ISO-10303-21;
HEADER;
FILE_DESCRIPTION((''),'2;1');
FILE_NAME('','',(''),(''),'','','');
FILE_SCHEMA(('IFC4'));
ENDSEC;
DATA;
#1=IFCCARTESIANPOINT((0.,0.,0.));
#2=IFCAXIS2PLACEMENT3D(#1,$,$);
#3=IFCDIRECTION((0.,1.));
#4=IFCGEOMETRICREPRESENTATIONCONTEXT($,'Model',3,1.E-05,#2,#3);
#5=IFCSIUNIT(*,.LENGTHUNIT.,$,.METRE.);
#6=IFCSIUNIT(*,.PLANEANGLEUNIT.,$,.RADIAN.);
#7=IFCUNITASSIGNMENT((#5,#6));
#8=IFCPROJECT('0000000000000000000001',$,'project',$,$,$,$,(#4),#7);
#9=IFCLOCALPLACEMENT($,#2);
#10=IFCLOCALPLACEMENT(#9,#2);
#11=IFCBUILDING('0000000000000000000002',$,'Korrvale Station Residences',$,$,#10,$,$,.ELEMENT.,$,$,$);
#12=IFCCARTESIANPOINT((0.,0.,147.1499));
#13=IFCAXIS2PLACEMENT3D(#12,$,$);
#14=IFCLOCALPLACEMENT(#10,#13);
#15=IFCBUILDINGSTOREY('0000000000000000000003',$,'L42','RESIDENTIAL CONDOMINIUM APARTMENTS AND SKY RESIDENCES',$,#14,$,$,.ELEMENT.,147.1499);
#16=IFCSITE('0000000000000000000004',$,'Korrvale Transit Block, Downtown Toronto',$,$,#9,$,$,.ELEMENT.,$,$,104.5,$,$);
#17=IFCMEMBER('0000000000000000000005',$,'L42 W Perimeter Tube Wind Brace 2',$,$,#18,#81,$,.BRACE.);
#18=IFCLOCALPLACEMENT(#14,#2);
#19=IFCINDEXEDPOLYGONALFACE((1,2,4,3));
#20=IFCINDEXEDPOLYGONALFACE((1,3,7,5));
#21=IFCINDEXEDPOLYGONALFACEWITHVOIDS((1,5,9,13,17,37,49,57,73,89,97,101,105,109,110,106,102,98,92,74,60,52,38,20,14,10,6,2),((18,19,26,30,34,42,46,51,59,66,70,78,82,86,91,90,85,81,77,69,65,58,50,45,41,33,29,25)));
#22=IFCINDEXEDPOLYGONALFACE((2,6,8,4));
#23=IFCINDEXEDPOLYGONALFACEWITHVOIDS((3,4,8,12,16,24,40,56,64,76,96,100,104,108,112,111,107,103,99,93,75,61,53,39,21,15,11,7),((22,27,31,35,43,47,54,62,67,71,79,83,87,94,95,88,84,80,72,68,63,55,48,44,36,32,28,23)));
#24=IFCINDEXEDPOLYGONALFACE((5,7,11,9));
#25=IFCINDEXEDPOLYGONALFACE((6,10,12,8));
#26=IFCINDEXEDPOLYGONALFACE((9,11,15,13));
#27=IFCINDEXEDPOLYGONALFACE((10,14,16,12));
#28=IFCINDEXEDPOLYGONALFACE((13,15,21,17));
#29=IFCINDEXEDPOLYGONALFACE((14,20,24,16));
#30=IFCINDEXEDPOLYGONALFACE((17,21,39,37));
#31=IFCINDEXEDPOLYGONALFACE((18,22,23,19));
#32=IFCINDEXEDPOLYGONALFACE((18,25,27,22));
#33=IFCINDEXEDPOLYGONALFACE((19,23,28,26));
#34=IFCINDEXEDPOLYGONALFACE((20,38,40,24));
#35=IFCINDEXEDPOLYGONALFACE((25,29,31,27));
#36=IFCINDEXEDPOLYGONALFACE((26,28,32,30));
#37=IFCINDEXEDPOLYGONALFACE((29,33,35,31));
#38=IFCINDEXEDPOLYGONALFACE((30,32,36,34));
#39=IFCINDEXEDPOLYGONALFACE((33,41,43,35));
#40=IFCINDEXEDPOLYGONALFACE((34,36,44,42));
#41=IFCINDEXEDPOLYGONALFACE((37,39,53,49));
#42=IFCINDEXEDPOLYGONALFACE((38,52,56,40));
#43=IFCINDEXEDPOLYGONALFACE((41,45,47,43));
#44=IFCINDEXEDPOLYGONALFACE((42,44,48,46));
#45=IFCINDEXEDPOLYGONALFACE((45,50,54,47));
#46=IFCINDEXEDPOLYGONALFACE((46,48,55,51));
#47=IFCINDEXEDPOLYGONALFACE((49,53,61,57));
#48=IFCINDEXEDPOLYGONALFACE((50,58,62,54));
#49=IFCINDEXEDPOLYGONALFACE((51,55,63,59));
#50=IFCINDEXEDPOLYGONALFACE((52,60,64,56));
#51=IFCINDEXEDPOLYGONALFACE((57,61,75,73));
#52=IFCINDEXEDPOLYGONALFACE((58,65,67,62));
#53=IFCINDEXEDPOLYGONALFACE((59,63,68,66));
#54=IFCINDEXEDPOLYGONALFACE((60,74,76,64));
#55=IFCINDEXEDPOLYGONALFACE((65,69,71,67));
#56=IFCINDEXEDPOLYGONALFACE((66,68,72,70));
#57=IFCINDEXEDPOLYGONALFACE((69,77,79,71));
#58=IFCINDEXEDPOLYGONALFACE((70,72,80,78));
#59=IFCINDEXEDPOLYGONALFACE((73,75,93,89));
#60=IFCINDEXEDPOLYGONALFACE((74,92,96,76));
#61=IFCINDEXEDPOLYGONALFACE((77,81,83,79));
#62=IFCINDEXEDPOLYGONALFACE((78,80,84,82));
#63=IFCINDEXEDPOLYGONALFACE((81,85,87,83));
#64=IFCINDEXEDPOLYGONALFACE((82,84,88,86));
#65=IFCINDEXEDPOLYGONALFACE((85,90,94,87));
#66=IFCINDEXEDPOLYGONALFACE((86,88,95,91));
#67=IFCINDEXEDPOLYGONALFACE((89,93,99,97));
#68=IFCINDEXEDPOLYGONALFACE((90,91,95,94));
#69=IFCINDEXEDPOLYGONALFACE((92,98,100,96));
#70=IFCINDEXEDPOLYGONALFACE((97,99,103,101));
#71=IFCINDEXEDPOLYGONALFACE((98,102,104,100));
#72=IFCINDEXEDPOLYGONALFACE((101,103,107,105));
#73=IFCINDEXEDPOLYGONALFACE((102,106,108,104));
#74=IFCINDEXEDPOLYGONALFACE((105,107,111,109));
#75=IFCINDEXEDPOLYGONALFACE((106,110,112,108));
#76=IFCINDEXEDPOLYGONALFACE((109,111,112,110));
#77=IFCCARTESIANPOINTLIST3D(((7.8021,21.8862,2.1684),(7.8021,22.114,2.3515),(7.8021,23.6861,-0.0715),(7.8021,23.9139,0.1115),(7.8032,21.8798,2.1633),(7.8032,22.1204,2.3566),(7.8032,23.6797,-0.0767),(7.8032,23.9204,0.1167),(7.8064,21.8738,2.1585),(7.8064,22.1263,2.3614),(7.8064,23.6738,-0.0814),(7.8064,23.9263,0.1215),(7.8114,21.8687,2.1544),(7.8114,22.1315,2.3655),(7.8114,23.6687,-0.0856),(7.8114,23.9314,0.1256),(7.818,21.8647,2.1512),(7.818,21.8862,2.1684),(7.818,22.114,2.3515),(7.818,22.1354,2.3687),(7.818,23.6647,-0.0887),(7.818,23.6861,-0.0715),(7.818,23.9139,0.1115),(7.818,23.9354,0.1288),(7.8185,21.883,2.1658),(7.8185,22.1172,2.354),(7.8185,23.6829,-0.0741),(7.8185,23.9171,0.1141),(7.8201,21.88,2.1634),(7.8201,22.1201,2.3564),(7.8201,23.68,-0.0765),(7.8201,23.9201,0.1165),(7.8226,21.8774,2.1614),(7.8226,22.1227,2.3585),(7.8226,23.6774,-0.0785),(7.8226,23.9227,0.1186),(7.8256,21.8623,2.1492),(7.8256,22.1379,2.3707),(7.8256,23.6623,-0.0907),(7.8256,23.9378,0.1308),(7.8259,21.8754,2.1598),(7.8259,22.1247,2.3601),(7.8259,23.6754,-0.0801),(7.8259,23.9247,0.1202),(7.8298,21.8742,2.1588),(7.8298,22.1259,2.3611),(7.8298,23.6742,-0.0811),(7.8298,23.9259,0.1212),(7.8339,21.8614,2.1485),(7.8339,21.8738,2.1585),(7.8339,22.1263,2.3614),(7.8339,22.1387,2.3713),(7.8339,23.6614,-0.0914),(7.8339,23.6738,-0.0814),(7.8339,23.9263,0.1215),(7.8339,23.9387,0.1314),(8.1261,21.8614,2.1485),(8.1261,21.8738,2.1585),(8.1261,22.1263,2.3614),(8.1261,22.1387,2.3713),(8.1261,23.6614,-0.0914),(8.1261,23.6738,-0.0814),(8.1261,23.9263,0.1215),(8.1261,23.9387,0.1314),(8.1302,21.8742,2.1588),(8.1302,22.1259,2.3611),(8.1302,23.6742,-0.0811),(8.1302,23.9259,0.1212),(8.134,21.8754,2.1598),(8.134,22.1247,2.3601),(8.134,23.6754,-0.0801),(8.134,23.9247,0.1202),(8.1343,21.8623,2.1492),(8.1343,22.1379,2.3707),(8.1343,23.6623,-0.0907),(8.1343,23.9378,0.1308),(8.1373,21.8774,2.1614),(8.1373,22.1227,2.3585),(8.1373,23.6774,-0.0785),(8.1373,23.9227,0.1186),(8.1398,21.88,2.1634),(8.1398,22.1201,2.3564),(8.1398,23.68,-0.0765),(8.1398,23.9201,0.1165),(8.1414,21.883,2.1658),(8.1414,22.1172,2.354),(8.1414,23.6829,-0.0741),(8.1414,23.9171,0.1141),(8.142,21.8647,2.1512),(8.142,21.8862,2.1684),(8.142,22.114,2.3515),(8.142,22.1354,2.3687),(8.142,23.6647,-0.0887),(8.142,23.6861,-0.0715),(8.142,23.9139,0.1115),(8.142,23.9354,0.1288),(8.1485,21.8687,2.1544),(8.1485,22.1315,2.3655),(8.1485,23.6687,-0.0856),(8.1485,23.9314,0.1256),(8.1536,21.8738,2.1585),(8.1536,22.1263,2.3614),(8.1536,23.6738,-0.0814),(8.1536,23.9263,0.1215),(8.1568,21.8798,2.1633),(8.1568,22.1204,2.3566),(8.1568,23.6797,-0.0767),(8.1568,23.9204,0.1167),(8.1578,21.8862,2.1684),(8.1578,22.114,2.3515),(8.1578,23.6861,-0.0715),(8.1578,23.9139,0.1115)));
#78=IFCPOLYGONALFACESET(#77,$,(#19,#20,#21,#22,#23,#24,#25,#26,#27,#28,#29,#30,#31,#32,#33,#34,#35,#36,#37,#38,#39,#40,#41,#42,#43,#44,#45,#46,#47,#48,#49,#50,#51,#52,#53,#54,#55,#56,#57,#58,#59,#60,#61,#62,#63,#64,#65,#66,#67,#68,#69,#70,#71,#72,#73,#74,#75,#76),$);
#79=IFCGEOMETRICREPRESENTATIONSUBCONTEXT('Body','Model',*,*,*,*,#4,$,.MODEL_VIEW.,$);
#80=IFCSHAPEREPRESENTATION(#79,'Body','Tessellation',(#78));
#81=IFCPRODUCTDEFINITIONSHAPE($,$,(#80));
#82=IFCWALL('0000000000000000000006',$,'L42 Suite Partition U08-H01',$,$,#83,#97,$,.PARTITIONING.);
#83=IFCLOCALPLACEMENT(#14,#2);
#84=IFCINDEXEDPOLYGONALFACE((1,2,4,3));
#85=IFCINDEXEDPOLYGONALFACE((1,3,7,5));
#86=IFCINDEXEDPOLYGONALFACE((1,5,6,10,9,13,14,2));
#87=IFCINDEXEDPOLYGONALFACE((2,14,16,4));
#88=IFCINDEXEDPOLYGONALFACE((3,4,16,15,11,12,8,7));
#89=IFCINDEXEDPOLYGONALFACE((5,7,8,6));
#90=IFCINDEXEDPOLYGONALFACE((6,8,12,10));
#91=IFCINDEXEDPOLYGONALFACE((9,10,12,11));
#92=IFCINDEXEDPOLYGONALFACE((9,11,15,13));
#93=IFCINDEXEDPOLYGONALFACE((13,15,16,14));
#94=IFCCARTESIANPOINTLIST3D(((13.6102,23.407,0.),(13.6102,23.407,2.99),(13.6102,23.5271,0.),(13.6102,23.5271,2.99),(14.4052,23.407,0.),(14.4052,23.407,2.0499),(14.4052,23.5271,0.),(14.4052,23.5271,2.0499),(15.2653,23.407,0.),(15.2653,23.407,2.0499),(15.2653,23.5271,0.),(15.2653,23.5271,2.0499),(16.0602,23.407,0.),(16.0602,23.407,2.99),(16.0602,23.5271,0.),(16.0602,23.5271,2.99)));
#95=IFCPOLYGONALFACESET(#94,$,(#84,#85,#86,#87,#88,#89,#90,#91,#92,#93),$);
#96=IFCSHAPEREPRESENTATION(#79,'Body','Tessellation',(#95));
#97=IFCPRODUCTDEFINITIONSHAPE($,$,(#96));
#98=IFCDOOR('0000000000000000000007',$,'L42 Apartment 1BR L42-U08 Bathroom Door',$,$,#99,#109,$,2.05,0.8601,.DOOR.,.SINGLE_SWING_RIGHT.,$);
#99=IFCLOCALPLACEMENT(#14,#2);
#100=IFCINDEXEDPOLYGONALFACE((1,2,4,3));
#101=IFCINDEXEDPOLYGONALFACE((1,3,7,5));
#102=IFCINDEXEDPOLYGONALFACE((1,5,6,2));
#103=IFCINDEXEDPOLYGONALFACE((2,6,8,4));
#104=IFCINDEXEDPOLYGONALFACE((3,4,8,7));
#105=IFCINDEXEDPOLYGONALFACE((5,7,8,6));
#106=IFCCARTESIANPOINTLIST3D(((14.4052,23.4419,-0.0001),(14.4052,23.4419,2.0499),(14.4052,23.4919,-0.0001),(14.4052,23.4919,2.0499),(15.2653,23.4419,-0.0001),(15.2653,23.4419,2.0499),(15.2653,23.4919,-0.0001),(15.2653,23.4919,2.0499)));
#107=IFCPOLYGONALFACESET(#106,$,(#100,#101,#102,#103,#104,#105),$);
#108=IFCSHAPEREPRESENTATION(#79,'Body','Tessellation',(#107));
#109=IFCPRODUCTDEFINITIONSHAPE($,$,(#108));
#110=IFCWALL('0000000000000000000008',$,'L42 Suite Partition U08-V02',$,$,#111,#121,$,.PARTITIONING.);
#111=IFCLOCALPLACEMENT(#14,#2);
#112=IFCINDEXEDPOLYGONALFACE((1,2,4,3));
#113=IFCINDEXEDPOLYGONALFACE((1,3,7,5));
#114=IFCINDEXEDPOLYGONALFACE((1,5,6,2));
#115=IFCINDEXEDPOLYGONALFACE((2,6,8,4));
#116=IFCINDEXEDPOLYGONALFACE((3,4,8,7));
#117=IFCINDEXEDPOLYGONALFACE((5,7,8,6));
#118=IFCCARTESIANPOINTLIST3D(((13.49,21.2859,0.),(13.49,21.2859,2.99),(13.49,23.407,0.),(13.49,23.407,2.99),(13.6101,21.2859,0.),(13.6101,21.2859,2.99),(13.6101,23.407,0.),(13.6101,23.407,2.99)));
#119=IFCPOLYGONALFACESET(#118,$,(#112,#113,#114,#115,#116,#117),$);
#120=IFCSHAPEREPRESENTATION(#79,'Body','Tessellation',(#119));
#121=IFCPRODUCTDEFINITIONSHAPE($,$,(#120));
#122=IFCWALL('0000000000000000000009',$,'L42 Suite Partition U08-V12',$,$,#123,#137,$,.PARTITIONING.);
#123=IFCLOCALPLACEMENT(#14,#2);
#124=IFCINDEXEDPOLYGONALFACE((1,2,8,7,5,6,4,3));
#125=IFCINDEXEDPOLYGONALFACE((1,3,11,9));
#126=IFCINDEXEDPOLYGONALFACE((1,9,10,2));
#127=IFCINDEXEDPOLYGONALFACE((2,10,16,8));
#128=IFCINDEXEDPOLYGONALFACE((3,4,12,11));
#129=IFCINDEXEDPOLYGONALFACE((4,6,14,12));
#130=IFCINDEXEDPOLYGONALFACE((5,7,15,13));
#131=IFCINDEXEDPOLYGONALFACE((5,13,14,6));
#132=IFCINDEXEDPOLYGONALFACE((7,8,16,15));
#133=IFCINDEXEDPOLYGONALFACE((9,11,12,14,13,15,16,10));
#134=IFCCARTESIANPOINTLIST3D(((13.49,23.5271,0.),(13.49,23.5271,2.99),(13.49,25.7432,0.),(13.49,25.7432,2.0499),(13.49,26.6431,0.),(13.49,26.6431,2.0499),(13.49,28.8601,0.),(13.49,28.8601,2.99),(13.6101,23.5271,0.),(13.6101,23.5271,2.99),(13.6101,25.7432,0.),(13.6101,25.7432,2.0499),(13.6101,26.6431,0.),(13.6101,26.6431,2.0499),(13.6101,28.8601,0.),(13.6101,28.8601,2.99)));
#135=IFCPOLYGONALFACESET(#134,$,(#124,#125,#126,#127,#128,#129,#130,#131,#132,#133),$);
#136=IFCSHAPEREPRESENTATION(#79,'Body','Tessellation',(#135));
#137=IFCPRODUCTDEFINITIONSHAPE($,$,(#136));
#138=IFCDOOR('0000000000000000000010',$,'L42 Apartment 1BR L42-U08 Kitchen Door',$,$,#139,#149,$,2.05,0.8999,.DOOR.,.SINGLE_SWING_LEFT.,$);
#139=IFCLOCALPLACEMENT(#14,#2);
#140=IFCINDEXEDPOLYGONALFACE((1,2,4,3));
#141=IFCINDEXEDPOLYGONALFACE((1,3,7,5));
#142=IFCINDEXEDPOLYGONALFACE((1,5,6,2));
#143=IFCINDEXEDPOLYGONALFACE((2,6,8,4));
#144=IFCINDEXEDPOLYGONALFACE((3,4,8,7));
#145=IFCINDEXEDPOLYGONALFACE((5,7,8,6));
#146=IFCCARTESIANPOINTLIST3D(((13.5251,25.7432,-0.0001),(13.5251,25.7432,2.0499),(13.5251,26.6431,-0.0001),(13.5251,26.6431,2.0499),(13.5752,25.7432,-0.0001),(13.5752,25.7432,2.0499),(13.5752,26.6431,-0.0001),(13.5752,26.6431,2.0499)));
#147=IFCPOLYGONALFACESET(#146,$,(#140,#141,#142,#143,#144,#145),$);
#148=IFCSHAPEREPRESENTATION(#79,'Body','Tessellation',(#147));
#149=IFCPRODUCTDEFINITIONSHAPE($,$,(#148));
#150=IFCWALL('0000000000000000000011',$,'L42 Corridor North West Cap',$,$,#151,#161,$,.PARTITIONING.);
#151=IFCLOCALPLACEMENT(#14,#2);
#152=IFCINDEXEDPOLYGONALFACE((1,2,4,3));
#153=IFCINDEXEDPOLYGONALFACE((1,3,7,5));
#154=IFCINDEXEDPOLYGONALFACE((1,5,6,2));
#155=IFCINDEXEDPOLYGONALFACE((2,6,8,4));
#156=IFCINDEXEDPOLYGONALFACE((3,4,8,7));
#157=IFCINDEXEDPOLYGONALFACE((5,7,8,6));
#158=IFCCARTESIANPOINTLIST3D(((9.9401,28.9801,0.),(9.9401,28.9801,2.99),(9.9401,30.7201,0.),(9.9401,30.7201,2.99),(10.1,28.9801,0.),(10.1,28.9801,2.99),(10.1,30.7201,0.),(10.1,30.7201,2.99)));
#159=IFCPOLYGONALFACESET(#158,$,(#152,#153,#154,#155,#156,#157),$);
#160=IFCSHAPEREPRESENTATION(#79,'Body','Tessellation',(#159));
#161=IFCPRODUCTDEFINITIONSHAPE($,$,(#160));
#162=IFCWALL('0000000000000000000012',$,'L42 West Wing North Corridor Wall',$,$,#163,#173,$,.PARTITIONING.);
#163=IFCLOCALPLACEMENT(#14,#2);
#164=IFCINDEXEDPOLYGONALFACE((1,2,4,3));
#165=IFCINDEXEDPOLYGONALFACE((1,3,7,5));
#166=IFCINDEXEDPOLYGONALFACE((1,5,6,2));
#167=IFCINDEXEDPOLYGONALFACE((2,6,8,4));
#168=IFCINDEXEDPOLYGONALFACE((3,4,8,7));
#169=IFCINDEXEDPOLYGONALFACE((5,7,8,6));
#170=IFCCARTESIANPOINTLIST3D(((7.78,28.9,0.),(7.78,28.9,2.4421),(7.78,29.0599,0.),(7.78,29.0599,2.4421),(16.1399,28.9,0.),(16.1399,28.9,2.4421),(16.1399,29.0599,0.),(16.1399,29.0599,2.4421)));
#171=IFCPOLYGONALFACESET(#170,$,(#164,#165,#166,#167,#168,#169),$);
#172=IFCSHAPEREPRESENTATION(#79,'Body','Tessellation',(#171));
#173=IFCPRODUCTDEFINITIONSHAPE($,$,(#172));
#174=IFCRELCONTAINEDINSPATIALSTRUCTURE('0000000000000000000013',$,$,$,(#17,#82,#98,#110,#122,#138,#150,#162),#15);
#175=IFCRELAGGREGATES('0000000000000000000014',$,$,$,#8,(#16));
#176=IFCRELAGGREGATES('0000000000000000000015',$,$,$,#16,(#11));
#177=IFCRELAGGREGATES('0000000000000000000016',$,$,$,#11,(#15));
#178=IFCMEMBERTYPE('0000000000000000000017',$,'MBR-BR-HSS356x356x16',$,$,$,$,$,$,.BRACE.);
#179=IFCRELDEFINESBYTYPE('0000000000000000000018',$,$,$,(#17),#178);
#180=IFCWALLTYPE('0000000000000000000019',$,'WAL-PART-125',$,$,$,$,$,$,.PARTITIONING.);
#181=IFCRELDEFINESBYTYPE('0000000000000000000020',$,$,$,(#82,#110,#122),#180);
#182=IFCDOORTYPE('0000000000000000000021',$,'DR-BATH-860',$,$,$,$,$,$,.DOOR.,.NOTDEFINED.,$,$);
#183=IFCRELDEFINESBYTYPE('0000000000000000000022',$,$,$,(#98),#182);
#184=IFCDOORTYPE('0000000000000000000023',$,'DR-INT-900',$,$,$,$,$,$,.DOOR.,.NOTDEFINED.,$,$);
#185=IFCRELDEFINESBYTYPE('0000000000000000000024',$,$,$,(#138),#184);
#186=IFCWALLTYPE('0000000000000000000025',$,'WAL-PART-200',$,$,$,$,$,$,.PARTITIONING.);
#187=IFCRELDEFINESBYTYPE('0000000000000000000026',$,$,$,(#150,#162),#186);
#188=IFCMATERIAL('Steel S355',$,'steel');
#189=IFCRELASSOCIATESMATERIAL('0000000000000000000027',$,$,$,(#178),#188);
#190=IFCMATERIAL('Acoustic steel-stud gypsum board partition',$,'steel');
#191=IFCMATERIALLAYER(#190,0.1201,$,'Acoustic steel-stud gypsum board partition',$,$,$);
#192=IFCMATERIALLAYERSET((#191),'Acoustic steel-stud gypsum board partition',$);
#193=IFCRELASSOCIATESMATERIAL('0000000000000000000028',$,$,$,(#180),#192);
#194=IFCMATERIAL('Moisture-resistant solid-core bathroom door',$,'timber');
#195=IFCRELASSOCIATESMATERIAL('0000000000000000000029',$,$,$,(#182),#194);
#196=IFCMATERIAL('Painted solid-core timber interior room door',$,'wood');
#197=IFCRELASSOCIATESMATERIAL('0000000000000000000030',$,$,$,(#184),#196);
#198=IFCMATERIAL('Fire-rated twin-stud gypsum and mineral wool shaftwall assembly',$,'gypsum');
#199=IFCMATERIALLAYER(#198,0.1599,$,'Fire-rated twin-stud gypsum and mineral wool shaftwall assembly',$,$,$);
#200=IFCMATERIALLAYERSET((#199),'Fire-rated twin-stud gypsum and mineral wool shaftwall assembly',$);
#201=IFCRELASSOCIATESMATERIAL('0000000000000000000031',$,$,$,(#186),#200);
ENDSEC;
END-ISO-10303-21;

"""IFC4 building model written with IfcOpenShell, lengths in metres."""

from ifc_helpers import new_model, si_unit, direction, frame, frame_2d, origin, origin_2d, place, context, subcontext, project, spatial, rectangle, hollow_rectangle, extrude, material, layer, layer_set, material_profile, profile_set, type_object, element, fill, save


model = new_model("IFC4")

# Units and contexts
model_context = context("Model", 3, precision=1e-05, world=origin(), true_north=direction((0.0, 1.0)))
body_context = subcontext(model_context, "Body", "Model", "MODEL_VIEW")
ifc_project = project(units=[si_unit("LENGTHUNIT", "METRE"), si_unit("PLANEANGLEUNIT", "RADIAN")], contexts=[model_context])

# Site, building, storey
site_placement = place(None, origin())
site = spatial("IfcSite", under=ifc_project, at=site_placement, Name="Korrvale Transit Block, Downtown Toronto", CompositionType="ELEMENT", RefElevation=104.5)
building_placement = place(site_placement, origin())
building = spatial("IfcBuilding", under=site, at=building_placement, Name="Korrvale Station Residences", CompositionType="ELEMENT")
storey_placement = place(building_placement, frame((0.0, 0.0, 147.1499)))
storey = spatial("IfcBuildingStorey", under=building, at=storey_placement, Name="L42", Description="RESIDENTIAL CONDOMINIUM APARTMENTS AND SKY RESIDENCES", CompositionType="ELEMENT", Elevation=147.1499)

# Shared definitions
ifc_material_1 = material(Name="Steel S355", Category="steel")

# Member
ifc_material_profile_1 = material_profile(ifc_material_1, hollow_rectangle(XDim=0.3557, YDim=0.3557, WallThickness=0.0159, InnerFilletRadius=0.0159, OuterFilletRadius=0.0317, at=origin_2d()), Name="HSS356x356x16")
ifc_profile_set_1 = profile_set([ifc_material_profile_1], Name="Steel S355")
member_type = type_object("IfcMemberType", Name="MBR-BR-HSS356x356x16", PredefinedType="BRACE", material=ifc_profile_set_1)
member_placement = place(storey_placement, frame((7.98, 23.8, 0.02), z_axis=(0.0, -0.626403, 0.779499), x_axis=(1.0, 0.0, 0.0)))
element("IfcMember", 1, at=member_placement, inside=storey, type_object=member_type, Name="L42 W Perimeter Tube Wind Brace 2", PredefinedType="BRACE", context=body_context, shape_type="SweptSolid", body=[
    extrude(hollow_rectangle(XDim=0.3557, YDim=0.3557, WallThickness=0.0159, InnerFilletRadius=0.0159, OuterFilletRadius=0.0317, at=origin_2d()), origin(), (0.0, 0.0, 1.0), 2.8735),
])

# Wall, opening, door
ifc_material_2 = material(Name="Acoustic steel-stud gypsum board partition", Category="steel")
ifc_layer_1 = layer(ifc_material_2, 0.1201, Name="Acoustic steel-stud gypsum board partition")
ifc_layer_set_1 = layer_set([ifc_layer_1], Name="Acoustic steel-stud gypsum board partition")
wall_type_1 = type_object("IfcWallType", Name="WAL-PART-125", PredefinedType="PARTITIONING", material=ifc_layer_set_1)
wall_1_placement = place(storey_placement, frame((13.6101, 23.467, 0.0), z_axis=(0.0, 0.0, 1.0), x_axis=(1.0, 0.0, 0.0)))
wall_1 = element("IfcWall", 2, at=wall_1_placement, inside=storey, type_object=wall_type_1, Name="L42 Suite Partition U08-H01", PredefinedType="PARTITIONING", context=body_context, shape_type="SweptSolid", body=[
    extrude(rectangle(XDim=2.45, YDim=0.1201, at=frame_2d((1.2251, 0.0))), origin(), (0.0, 0.0, 1.0), 2.99),
])
opening_1_placement = place(wall_1_placement, frame((0.7949, 0.0, 0.0)))
opening_1 = element("IfcOpeningElement", 3, at=opening_1_placement, cuts=wall_1, PredefinedType="OPENING", context=body_context, shape_type="SweptSolid", body=[
    extrude(rectangle(XDim=0.8601, YDim=2.05, at=frame_2d((0.4302, 1.0249))), frame((0.0, 0.0701, 0.0), z_axis=(0.0, -1.0, 0.0), x_axis=(1.0, 0.0, 0.0)), (0.0, 0.0, 1.0), 0.1401),
])
ifc_material_3 = material(Name="Moisture-resistant solid-core bathroom door", Category="timber")
door_type_1 = type_object("IfcDoorType", Name="DR-BATH-860", OperationType="NOTDEFINED", PredefinedType="DOOR", material=ifc_material_3)
door_1_placement = place(opening_1_placement, origin())
door_1 = element("IfcDoor", 4, at=door_1_placement, inside=storey, type_object=door_type_1, Name="L42 Apartment 1BR L42-U08 Bathroom Door", OperationType="SINGLE_SWING_RIGHT", OverallHeight=2.05, OverallWidth=0.8601, PredefinedType="DOOR", context=body_context, shape_type="SweptSolid", body=[
    extrude(rectangle(XDim=0.8601, YDim=2.05, at=frame_2d((0.4302, 1.0249))), frame((0.0, 0.0249, 0.0), z_axis=(0.0, -1.0, 0.0), x_axis=(1.0, 0.0, 0.0)), (0.0, 0.0, 1.0), 0.05),
])
fill(opening_1, door_1)

# Wall
wall_2_placement = place(storey_placement, frame((13.55, 21.2859, 0.0), z_axis=(0.0, 0.0, 1.0), x_axis=(0.0, 1.0, 0.0)))
element("IfcWall", 5, at=wall_2_placement, inside=storey, type_object=wall_type_1, Name="L42 Suite Partition U08-V02", PredefinedType="PARTITIONING", context=body_context, shape_type="SweptSolid", body=[
    extrude(rectangle(XDim=2.1211, YDim=0.1201, at=frame_2d((1.0605, 0.0))), origin(), (0.0, 0.0, 1.0), 2.99),
])

# Wall, opening, door
wall_3_placement = place(storey_placement, frame((13.55, 23.5271, 0.0), z_axis=(0.0, 0.0, 1.0), x_axis=(0.0, 1.0, 0.0)))
wall_3 = element("IfcWall", 6, at=wall_3_placement, inside=storey, type_object=wall_type_1, Name="L42 Suite Partition U08-V12", PredefinedType="PARTITIONING", context=body_context, shape_type="SweptSolid", body=[
    extrude(rectangle(XDim=5.333, YDim=0.1201, at=frame_2d((2.6665, 0.0))), origin(), (0.0, 0.0, 1.0), 2.99),
])
opening_2_placement = place(wall_3_placement, frame((2.2161, 0.0, 0.0)))
opening_2 = element("IfcOpeningElement", 7, at=opening_2_placement, cuts=wall_3, PredefinedType="OPENING", context=body_context, shape_type="SweptSolid", body=[
    extrude(rectangle(XDim=0.8999, YDim=2.05, at=frame_2d((0.45, 1.0249))), frame((0.0, 0.0701, 0.0), z_axis=(0.0, -1.0, 0.0), x_axis=(1.0, 0.0, 0.0)), (0.0, 0.0, 1.0), 0.1401),
])
ifc_material_4 = material(Name="Painted solid-core timber interior room door", Category="wood")
door_type_2 = type_object("IfcDoorType", Name="DR-INT-900", OperationType="NOTDEFINED", PredefinedType="DOOR", material=ifc_material_4)
door_2_placement = place(opening_2_placement, origin())
door_2 = element("IfcDoor", 8, at=door_2_placement, inside=storey, type_object=door_type_2, Name="L42 Apartment 1BR L42-U08 Kitchen Door", OperationType="SINGLE_SWING_LEFT", OverallHeight=2.05, OverallWidth=0.8999, PredefinedType="DOOR", context=body_context, shape_type="SweptSolid", body=[
    extrude(rectangle(XDim=0.8999, YDim=2.05, at=frame_2d((0.45, 1.0249))), frame((0.0, 0.0249, 0.0), z_axis=(0.0, -1.0, 0.0), x_axis=(1.0, 0.0, 0.0)), (0.0, 0.0, 1.0), 0.05),
])
fill(opening_2, door_2)

# Walls
ifc_material_5 = material(Name="Fire-rated twin-stud gypsum and mineral wool shaftwall assembly", Category="gypsum")
ifc_layer_2 = layer(ifc_material_5, 0.1599, Name="Fire-rated twin-stud gypsum and mineral wool shaftwall assembly")
ifc_layer_set_2 = layer_set([ifc_layer_2], Name="Fire-rated twin-stud gypsum and mineral wool shaftwall assembly")
wall_type_2 = type_object("IfcWallType", Name="WAL-PART-200", PredefinedType="PARTITIONING", material=ifc_layer_set_2)
wall_4_placement = place(storey_placement, frame((10.02, 28.98, 0.0), z_axis=(0.0, 0.0, 1.0), x_axis=(0.0, 1.0, 0.0)))
element("IfcWall", 9, at=wall_4_placement, inside=storey, type_object=wall_type_2, Name="L42 Corridor North West Cap", PredefinedType="PARTITIONING", context=body_context, shape_type="SweptSolid", body=[
    extrude(rectangle(XDim=1.74, YDim=0.1599, at=frame_2d((0.8701, 0.0))), origin(), (0.0, 0.0, 1.0), 2.99),
])
wall_5_placement = place(storey_placement, frame((7.78, 28.98, 0.0), z_axis=(0.0, 0.0, 1.0), x_axis=(1.0, 0.0, 0.0)))
element("IfcWall", 10, at=wall_5_placement, inside=storey, type_object=wall_type_2, Name="L42 West Wing North Corridor Wall", PredefinedType="PARTITIONING", context=body_context, shape_type="SweptSolid", body=[
    extrude(rectangle(XDim=8.3599, YDim=0.1599, at=frame_2d((4.1799, 0.0))), origin(), (0.0, 0.0, 1.0), 2.4421),
])

save(model, "model.ifc")
